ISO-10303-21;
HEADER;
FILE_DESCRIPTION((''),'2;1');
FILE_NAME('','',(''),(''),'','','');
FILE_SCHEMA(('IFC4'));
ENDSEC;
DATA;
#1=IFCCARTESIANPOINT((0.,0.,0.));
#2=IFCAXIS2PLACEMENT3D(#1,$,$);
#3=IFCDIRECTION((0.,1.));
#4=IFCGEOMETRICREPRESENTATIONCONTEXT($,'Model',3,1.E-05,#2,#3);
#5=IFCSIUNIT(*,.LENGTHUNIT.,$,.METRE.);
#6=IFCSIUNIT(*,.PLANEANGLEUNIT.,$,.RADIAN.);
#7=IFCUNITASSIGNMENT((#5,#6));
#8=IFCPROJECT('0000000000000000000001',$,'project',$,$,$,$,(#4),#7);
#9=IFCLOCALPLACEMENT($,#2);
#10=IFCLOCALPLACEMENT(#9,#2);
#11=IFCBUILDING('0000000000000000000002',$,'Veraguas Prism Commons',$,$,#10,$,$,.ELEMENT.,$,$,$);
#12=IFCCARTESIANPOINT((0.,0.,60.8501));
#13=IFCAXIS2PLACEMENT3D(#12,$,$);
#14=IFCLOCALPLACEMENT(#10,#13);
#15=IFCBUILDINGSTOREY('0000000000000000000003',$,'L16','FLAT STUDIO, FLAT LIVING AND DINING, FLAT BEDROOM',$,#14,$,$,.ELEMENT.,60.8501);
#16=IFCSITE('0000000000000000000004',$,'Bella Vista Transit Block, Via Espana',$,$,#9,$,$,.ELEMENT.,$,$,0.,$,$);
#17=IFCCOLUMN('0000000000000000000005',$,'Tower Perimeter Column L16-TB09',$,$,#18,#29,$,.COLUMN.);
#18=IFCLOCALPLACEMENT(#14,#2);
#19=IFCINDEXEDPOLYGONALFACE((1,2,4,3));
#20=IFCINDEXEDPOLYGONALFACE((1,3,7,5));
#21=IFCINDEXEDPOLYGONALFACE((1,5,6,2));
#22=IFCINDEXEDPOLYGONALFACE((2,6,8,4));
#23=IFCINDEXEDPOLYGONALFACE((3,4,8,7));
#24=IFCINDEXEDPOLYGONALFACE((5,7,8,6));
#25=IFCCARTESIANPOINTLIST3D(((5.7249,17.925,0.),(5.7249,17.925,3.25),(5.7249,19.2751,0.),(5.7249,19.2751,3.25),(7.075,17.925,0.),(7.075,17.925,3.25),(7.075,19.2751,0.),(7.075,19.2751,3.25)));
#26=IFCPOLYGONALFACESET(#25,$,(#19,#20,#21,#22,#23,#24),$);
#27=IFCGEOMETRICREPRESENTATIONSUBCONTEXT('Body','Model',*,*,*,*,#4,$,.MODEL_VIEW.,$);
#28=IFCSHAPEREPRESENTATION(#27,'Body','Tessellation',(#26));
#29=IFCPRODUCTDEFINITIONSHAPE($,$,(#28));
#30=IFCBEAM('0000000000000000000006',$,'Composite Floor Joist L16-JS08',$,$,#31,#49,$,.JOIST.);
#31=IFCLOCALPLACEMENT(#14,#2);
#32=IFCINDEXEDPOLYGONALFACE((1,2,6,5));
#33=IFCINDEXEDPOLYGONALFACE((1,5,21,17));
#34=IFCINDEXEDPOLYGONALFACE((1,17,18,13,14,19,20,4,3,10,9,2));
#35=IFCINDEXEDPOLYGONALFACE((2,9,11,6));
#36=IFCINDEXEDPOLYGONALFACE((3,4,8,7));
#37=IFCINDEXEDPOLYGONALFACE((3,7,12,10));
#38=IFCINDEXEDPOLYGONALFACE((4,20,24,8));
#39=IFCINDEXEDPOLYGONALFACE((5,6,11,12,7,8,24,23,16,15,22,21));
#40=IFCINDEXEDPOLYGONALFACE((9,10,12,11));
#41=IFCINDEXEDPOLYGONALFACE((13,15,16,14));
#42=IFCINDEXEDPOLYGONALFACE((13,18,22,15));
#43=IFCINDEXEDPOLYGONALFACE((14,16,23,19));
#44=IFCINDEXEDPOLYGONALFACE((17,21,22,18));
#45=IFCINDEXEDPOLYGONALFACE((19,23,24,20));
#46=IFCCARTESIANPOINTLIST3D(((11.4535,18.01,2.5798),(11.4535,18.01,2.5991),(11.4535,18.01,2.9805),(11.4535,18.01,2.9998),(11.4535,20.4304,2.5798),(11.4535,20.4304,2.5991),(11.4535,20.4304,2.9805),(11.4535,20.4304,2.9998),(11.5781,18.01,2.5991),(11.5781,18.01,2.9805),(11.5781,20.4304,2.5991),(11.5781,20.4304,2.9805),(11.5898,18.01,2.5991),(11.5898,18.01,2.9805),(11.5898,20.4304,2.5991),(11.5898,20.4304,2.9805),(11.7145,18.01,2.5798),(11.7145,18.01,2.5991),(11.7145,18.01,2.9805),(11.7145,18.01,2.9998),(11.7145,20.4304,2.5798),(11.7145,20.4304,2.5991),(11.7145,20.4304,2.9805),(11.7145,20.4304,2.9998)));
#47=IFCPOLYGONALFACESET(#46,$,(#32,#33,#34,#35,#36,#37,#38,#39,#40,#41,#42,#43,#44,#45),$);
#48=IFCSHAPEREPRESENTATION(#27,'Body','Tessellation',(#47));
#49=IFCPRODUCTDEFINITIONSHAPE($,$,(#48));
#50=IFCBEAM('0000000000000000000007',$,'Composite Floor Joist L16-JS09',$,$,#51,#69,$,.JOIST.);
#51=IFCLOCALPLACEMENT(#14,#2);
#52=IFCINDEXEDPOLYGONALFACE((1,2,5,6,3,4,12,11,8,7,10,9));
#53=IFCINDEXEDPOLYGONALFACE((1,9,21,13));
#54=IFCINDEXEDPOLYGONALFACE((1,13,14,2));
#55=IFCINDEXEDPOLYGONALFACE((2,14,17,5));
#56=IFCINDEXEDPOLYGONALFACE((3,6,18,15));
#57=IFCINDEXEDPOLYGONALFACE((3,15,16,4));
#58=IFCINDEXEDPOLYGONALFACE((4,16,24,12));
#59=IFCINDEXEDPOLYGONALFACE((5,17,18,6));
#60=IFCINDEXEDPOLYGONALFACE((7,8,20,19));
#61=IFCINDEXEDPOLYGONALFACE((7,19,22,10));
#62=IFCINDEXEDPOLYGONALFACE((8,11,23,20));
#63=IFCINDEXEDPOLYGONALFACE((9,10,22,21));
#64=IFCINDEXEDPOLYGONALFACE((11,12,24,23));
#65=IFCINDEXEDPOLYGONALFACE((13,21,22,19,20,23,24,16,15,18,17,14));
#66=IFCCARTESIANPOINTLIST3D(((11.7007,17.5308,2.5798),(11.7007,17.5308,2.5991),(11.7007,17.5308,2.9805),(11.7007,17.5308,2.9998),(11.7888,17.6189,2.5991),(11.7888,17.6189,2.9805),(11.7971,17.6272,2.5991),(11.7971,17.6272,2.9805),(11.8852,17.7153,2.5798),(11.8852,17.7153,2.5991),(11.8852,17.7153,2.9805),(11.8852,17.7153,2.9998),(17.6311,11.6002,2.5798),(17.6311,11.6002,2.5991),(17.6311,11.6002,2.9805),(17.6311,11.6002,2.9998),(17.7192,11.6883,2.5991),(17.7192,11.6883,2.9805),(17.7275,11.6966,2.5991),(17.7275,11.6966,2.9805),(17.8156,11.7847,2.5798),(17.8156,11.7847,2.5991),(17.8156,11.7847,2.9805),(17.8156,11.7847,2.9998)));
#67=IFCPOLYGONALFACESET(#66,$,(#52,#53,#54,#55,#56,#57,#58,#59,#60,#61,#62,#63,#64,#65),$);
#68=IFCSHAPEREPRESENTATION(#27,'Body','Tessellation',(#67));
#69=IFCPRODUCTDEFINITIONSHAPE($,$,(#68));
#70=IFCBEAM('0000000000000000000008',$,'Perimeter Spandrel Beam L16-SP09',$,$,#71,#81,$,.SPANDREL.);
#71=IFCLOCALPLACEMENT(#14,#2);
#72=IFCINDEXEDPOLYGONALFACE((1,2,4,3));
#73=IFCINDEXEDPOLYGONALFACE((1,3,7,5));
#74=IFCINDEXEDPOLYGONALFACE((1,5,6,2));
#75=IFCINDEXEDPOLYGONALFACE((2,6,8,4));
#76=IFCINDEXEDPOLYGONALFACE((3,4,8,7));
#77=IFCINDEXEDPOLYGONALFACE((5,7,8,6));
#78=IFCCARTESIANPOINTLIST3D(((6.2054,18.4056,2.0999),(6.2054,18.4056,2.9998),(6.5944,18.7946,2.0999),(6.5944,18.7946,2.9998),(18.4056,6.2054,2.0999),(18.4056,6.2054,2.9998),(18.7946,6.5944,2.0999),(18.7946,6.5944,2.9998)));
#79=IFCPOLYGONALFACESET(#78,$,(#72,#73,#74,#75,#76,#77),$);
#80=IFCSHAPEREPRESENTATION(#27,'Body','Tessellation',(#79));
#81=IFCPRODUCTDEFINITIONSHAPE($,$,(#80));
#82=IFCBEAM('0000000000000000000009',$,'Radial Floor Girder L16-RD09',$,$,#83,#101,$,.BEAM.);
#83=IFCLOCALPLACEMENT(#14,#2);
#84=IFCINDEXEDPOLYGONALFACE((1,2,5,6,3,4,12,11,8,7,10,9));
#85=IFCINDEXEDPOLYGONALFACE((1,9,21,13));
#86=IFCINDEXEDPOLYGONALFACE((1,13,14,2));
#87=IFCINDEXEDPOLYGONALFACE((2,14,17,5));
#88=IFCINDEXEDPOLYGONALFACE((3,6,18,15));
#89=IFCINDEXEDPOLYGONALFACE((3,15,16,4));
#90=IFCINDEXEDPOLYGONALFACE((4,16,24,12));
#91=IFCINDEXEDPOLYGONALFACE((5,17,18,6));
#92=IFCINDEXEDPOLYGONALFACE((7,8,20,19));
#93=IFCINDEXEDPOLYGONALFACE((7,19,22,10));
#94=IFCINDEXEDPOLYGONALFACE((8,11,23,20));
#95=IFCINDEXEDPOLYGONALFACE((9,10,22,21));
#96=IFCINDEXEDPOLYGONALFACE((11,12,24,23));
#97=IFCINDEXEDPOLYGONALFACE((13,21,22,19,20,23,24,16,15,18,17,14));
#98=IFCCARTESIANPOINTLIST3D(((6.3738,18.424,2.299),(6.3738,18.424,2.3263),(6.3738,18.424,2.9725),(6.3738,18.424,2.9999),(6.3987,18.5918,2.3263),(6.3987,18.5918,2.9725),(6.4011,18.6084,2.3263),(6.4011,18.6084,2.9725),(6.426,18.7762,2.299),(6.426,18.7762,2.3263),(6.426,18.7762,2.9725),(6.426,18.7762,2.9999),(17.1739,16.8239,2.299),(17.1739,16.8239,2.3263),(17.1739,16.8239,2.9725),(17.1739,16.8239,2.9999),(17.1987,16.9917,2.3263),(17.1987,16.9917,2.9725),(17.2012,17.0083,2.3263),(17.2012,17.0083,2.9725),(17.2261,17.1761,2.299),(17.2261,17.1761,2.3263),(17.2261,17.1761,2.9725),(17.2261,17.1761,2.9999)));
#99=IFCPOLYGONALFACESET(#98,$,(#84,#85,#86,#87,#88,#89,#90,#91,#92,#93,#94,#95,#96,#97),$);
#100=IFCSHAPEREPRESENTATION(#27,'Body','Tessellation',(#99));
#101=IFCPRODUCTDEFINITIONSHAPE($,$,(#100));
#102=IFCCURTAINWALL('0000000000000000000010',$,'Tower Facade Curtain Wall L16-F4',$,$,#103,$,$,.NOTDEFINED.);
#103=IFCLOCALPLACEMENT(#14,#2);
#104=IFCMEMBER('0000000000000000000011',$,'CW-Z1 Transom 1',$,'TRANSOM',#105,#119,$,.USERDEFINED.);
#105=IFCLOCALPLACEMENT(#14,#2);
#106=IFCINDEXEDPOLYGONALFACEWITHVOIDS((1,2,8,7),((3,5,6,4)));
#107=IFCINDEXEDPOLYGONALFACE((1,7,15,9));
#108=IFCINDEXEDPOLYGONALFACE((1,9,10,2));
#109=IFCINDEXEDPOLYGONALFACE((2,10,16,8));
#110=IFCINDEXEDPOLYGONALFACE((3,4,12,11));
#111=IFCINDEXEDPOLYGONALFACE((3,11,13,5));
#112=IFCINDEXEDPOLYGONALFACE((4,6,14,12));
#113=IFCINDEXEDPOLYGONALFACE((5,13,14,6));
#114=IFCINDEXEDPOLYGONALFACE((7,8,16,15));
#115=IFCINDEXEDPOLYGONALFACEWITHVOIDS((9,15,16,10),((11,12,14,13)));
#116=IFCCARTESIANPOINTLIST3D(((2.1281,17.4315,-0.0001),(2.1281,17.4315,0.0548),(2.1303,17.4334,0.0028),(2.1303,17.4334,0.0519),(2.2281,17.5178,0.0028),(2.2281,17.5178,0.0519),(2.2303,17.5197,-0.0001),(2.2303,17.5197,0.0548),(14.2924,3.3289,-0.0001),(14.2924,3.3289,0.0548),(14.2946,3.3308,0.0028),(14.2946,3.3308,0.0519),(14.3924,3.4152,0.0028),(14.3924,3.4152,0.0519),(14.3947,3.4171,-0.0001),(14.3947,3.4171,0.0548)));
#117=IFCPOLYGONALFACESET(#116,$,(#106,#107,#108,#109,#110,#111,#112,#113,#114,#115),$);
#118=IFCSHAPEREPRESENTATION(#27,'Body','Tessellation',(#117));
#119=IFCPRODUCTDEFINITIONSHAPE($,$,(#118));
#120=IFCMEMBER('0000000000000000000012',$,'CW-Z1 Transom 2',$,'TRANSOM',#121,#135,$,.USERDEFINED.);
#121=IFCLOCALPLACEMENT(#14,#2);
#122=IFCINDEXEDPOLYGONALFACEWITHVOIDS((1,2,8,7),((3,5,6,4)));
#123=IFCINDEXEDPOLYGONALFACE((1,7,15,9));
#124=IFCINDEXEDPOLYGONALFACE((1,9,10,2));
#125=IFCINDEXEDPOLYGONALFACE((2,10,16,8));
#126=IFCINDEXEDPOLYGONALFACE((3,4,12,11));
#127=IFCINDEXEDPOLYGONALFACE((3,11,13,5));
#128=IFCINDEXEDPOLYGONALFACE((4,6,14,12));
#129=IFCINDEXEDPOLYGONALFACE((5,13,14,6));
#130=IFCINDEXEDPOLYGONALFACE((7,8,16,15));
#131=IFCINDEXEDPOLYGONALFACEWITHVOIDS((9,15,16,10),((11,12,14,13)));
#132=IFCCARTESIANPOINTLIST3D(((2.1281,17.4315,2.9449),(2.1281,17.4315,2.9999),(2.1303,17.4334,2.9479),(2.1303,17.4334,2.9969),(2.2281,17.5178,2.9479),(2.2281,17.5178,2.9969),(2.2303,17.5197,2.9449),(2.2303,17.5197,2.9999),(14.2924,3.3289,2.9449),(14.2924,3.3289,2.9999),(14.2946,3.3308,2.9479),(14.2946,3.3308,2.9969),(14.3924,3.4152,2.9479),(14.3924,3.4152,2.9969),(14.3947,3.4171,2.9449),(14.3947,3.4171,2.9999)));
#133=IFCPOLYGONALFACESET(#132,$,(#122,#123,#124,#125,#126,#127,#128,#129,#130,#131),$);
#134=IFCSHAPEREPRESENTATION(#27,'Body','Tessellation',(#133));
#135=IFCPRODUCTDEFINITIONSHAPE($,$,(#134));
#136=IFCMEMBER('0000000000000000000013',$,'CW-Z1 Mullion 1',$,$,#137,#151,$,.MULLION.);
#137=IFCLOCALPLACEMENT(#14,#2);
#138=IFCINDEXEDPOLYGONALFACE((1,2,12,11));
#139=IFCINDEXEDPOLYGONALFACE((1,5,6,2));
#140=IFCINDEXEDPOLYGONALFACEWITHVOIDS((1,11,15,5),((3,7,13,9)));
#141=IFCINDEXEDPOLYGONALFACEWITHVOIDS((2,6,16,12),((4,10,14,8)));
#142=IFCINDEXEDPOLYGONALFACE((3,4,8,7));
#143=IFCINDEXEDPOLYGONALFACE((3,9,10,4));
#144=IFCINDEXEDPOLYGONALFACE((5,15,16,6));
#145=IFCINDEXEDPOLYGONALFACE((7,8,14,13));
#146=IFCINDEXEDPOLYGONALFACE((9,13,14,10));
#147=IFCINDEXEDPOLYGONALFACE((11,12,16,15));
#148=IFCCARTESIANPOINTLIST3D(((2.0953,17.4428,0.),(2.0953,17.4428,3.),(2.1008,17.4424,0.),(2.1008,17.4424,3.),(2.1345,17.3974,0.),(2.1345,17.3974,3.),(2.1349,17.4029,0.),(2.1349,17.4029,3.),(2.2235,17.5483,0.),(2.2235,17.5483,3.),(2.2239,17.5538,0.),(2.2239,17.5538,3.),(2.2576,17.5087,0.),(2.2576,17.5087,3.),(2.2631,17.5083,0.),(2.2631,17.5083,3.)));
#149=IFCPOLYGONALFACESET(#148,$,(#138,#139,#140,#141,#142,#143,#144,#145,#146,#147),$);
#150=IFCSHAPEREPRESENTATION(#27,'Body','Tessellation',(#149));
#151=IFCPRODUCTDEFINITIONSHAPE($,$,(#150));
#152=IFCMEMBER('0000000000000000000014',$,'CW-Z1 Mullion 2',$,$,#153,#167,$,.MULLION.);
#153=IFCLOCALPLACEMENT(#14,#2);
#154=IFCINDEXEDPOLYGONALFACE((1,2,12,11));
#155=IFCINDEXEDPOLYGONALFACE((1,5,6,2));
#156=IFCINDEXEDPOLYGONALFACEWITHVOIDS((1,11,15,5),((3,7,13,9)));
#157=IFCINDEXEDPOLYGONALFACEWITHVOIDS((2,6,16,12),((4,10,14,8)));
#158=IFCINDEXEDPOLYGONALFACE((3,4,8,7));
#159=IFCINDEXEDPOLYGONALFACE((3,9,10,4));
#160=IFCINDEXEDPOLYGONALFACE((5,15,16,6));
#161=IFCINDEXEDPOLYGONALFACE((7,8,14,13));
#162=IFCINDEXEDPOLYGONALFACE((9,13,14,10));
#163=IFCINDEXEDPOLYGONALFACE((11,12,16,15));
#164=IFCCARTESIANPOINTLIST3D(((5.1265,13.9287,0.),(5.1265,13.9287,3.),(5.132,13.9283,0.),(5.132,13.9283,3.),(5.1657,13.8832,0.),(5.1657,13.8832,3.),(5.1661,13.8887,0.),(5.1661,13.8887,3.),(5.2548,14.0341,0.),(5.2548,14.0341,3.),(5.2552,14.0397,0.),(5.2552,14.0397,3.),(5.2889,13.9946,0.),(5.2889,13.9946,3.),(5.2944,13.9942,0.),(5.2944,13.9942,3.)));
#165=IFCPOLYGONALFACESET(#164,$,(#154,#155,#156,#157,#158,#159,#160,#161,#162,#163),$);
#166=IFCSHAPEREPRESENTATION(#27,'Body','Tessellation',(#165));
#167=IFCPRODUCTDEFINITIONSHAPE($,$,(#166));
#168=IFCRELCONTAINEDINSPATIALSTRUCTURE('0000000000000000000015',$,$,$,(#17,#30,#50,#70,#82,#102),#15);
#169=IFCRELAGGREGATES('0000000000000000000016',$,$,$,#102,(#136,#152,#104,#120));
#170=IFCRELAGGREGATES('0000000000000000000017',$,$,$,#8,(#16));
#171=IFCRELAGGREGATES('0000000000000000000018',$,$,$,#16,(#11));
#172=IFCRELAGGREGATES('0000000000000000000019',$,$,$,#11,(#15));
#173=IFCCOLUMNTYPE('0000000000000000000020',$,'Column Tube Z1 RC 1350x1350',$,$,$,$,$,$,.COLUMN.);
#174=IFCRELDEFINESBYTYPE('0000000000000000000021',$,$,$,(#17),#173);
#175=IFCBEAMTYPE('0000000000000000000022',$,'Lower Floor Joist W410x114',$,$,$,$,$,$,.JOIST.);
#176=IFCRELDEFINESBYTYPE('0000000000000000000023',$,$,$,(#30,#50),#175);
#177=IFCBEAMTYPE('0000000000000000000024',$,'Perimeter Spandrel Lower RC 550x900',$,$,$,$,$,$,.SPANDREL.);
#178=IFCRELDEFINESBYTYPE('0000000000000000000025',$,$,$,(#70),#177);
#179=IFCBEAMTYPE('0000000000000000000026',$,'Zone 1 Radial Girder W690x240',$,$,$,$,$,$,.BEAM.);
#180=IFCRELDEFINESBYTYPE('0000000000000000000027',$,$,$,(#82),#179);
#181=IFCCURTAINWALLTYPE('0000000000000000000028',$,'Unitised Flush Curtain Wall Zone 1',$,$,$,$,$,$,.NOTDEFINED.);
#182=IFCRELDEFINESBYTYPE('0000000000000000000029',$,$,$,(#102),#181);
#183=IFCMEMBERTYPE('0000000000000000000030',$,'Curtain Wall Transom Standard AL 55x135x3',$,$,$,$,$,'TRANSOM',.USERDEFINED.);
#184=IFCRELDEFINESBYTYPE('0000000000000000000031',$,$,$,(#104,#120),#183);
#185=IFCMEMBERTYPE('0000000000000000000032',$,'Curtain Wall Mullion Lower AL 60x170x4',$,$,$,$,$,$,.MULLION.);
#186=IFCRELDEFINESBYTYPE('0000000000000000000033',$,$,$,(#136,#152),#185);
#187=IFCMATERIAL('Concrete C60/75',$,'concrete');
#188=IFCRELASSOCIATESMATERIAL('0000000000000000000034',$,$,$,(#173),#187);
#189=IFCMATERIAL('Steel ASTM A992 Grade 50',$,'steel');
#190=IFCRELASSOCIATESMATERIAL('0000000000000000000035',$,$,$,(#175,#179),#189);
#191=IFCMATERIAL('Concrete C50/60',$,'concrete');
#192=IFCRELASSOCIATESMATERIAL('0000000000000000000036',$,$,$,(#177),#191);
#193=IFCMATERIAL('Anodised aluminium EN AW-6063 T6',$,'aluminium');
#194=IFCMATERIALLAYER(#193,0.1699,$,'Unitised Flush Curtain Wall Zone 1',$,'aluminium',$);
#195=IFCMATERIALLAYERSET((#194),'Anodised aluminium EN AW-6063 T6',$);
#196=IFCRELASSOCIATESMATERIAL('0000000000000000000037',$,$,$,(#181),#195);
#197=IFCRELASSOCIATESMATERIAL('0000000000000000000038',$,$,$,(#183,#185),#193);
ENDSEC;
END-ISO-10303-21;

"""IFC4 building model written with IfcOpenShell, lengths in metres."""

from ifc_helpers import new_model, si_unit, direction, frame, origin, origin_2d, place, context, subcontext, project, spatial, rectangle, hollow_rectangle, i_section, extrude, source, transform, mapped, material, layer, layer_set, material_profile, profile_set, type_object, element, aggregate, save


model = new_model("IFC4")

# Units and contexts
model_context = context("Model", 3, precision=1e-05, world=origin(), true_north=direction((0.0, 1.0)))
body_context = subcontext(model_context, "Body", "Model", "MODEL_VIEW")
ifc_project = project(units=[si_unit("LENGTHUNIT", "METRE"), si_unit("PLANEANGLEUNIT", "RADIAN")], contexts=[model_context])

# Site, building, storey
site_placement = place(None, origin())
site = spatial("IfcSite", under=ifc_project, at=site_placement, Name="Bella Vista Transit Block, Via Espana", CompositionType="ELEMENT", RefElevation=0.0)
building_placement = place(site_placement, origin())
building = spatial("IfcBuilding", under=site, at=building_placement, Name="Veraguas Prism Commons", CompositionType="ELEMENT")
storey_placement = place(building_placement, frame((0.0, 0.0, 60.8501)))
storey = spatial("IfcBuildingStorey", under=building, at=storey_placement, Name="L16", Description="FLAT STUDIO, FLAT LIVING AND DINING, FLAT BEDROOM", CompositionType="ELEMENT", Elevation=60.8501)

# Column
ifc_material_1 = material(Name="Concrete C60/75", Category="concrete")
ifc_material_profile_1 = material_profile(ifc_material_1, rectangle(XDim=1.3501, YDim=1.3501, at=origin_2d()), Name="RC1350X1350")
ifc_profile_set_1 = profile_set([ifc_material_profile_1], Name="Concrete C60/75")
column_type = type_object("IfcColumnType", Name="Column Tube Z1 RC 1350x1350", PredefinedType="COLUMN", material=ifc_profile_set_1)
column_placement = place(storey_placement, frame((6.3999, 18.6001, 0.0), z_axis=(0.0, 0.0, 1.0), x_axis=(1.0, 0.0, 0.0)))
element("IfcColumn", 1, at=column_placement, inside=storey, type_object=column_type, Name="Tower Perimeter Column L16-TB09", PredefinedType="COLUMN", context=body_context, shape_type="SweptSolid", body=[
    extrude(rectangle(XDim=1.3501, YDim=1.3501, at=origin_2d()), origin(), (0.0, 0.0, 1.0), 3.25),
])

# Beams
ifc_material_2 = material(Name="Steel ASTM A992 Grade 50", Category="steel")
ifc_material_profile_2 = material_profile(ifc_material_2, i_section(OverallWidth=0.261, OverallDepth=0.4199, WebThickness=0.0117, FlangeThickness=0.0193, at=origin_2d()), Name="W410X114")
ifc_profile_set_2 = profile_set([ifc_material_profile_2], Name="Steel ASTM A992 Grade 50")
beam_type_1 = type_object("IfcBeamType", Name="Lower Floor Joist W410x114", PredefinedType="JOIST", material=ifc_profile_set_2)
beam_1_placement = place(storey_placement, frame((11.584, 20.4304, 2.7898), z_axis=(0.0, -1.0, 0.0), x_axis=(1.0, 0.0, 0.0)))
element("IfcBeam", 2, at=beam_1_placement, inside=storey, type_object=beam_type_1, Name="Composite Floor Joist L16-JS08", PredefinedType="JOIST", context=body_context, shape_type="SweptSolid", body=[
    extrude(i_section(OverallWidth=0.261, OverallDepth=0.4199, WebThickness=0.0117, FlangeThickness=0.0193, at=origin_2d()), origin(), (0.0, 0.0, 1.0), 2.4204),
])
beam_2_placement = place(storey_placement, frame((11.793, 17.623, 2.7898), z_axis=(0.707092, -0.707121, 0.0), x_axis=(0.707121, 0.707092, 0.0)))
element("IfcBeam", 3, at=beam_2_placement, inside=storey, type_object=beam_type_1, Name="Composite Floor Joist L16-JS09", PredefinedType="JOIST", context=body_context, shape_type="SweptSolid", body=[
    extrude(i_section(OverallWidth=0.261, OverallDepth=0.4199, WebThickness=0.0117, FlangeThickness=0.0193, at=origin_2d()), origin(), (0.0, 0.0, 1.0), 8.387),
])
ifc_material_3 = material(Name="Concrete C50/60", Category="concrete")
ifc_material_profile_3 = material_profile(ifc_material_3, rectangle(XDim=0.55, YDim=0.8999, at=origin_2d()), Name="RC550X900")
ifc_profile_set_3 = profile_set([ifc_material_profile_3], Name="Concrete C50/60")
beam_type_2 = type_object("IfcBeamType", Name="Perimeter Spandrel Lower RC 550x900", PredefinedType="SPANDREL", material=ifc_profile_set_3)
beam_3_placement = place(storey_placement, frame((6.3999, 18.6001, 2.5498), z_axis=(0.707107, -0.707107, 0.0), x_axis=(0.707107, 0.707107, 0.0)))
element("IfcBeam", 4, at=beam_3_placement, inside=storey, type_object=beam_type_2, Name="Perimeter Spandrel Beam L16-SP09", PredefinedType="SPANDREL", context=body_context, shape_type="SweptSolid", body=[
    extrude(rectangle(XDim=0.55, YDim=0.8999, at=origin_2d()), origin(), (0.0, 0.0, 1.0), 17.2537),
])
ifc_material_profile_4 = material_profile(ifc_material_2, i_section(OverallWidth=0.356, OverallDepth=0.7009, WebThickness=0.0168, FlangeThickness=0.0273, at=origin_2d()), Name="W690X240")
ifc_profile_set_4 = profile_set([ifc_material_profile_4], Name="Steel ASTM A992 Grade 50")
beam_type_3 = type_object("IfcBeamType", Name="Zone 1 Radial Girder W690x240", PredefinedType="BEAM", material=ifc_profile_set_4)
beam_4_placement = place(storey_placement, frame((6.3999, 18.6001, 2.6494), z_axis=(0.989202, -0.146557, 0.0), x_axis=(0.146557, 0.989202, 0.0)))
element("IfcBeam", 5, at=beam_4_placement, inside=storey, type_object=beam_type_3, Name="Radial Floor Girder L16-RD09", PredefinedType="BEAM", context=body_context, shape_type="SweptSolid", body=[
    extrude(i_section(OverallWidth=0.356, OverallDepth=0.7009, WebThickness=0.0168, FlangeThickness=0.0273, at=origin_2d()), origin(), (0.0, 0.0, 1.0), 10.918),
])

# Curtain wall, members
ifc_material_4 = material(Name="Anodised aluminium EN AW-6063 T6", Category="aluminium")
ifc_layer_1 = layer(ifc_material_4, 0.1699, Name="Unitised Flush Curtain Wall Zone 1", Category="aluminium")
ifc_layer_set_1 = layer_set([ifc_layer_1], Name="Anodised aluminium EN AW-6063 T6")
curtain_wall_type = type_object("IfcCurtainWallType", Name="Unitised Flush Curtain Wall Zone 1", PredefinedType="NOTDEFINED", material=ifc_layer_set_1)
curtain_wall_1_placement = place(storey_placement, origin())
curtain_wall_1 = element("IfcCurtainWall", 6, at=curtain_wall_1_placement, inside=storey, type_object=curtain_wall_type, Name="Tower Facade Curtain Wall L16-F4", PredefinedType="NOTDEFINED")
ifc_material_profile_5 = material_profile(ifc_material_4, hollow_rectangle(XDim=0.0549, YDim=0.135, WallThickness=0.0029, at=origin_2d()), Name="AL55X135X3")
ifc_profile_set_5 = profile_set([ifc_material_profile_5], Name="Anodised aluminium EN AW-6063 T6")
member_type_1 = type_object("IfcMemberType", Name="Curtain Wall Transom Standard AL 55x135x3", ElementType="TRANSOM", PredefinedType="USERDEFINED", material=ifc_profile_set_5)
shared_shape_1 = source(origin(), body_context, "Body", "SweptSolid", [
    extrude(hollow_rectangle(XDim=0.0549, YDim=0.135, WallThickness=0.0029, at=origin_2d()), origin(), (0.0, 0.0, 1.0), 18.624),
])
member_1_placement = place(storey_placement, frame((2.1792, 17.4756, 0.0273), z_axis=(0.653154, -0.757226, 0.0), x_axis=(0.0, 0.0, 1.0)))
member_1 = element("IfcMember", 7, at=member_1_placement, type_object=member_type_1, Name="CW-Z1 Transom 1", ObjectType="TRANSOM", PredefinedType="USERDEFINED", context=body_context, shape_type="MappedRepresentation", body=[
    mapped(shared_shape_1, transform((0.0, 0.0, 0.0), scale=1.0)),
])
member_2_placement = place(storey_placement, frame((2.1792, 17.4756, 2.9724), z_axis=(0.653154, -0.757226, 0.0), x_axis=(0.0, 0.0, 1.0)))
member_2 = element("IfcMember", 8, at=member_2_placement, type_object=member_type_1, Name="CW-Z1 Transom 2", ObjectType="TRANSOM", PredefinedType="USERDEFINED", context=body_context, shape_type="MappedRepresentation", body=[
    mapped(shared_shape_1, transform((0.0, 0.0, 0.0), scale=1.0)),
])
ifc_material_profile_6 = material_profile(ifc_material_4, hollow_rectangle(XDim=0.0601, YDim=0.1699, WallThickness=0.0039, at=origin_2d()), Name="AL60X170X4")
ifc_profile_set_6 = profile_set([ifc_material_profile_6], Name="Anodised aluminium EN AW-6063 T6")
member_type_2 = type_object("IfcMemberType", Name="Curtain Wall Mullion Lower AL 60x170x4", PredefinedType="MULLION", material=ifc_profile_set_6)
shared_shape_2 = source(origin(), body_context, "Body", "SweptSolid", [
    extrude(hollow_rectangle(XDim=0.0601, YDim=0.1699, WallThickness=0.0039, at=origin_2d()), origin(), (0.0, 0.0, 1.0), 3.0),
])
member_3_placement = place(storey_placement, frame((2.1792, 17.4756, 0.0), z_axis=(0.0, 0.0, 1.0), x_axis=(0.65315, -0.757229, 0.0)))
member_3 = element("IfcMember", 9, at=member_3_placement, type_object=member_type_2, Name="CW-Z1 Mullion 1", PredefinedType="MULLION", context=body_context, shape_type="MappedRepresentation", body=[
    mapped(shared_shape_2, transform((0.0, 0.0, 0.0), scale=1.0)),
])
member_4_placement = place(storey_placement, frame((5.2104, 13.9614, 0.0), z_axis=(0.0, 0.0, 1.0), x_axis=(0.65315, -0.757229, 0.0)))
member_4 = element("IfcMember", 10, at=member_4_placement, type_object=member_type_2, Name="CW-Z1 Mullion 2", PredefinedType="MULLION", context=body_context, shape_type="MappedRepresentation", body=[
    mapped(shared_shape_2, transform((0.0, 0.0, 0.0), scale=1.0)),
])

aggregate(curtain_wall_1, [member_3, member_4, member_1, member_2])

save(model, "model.ifc")
